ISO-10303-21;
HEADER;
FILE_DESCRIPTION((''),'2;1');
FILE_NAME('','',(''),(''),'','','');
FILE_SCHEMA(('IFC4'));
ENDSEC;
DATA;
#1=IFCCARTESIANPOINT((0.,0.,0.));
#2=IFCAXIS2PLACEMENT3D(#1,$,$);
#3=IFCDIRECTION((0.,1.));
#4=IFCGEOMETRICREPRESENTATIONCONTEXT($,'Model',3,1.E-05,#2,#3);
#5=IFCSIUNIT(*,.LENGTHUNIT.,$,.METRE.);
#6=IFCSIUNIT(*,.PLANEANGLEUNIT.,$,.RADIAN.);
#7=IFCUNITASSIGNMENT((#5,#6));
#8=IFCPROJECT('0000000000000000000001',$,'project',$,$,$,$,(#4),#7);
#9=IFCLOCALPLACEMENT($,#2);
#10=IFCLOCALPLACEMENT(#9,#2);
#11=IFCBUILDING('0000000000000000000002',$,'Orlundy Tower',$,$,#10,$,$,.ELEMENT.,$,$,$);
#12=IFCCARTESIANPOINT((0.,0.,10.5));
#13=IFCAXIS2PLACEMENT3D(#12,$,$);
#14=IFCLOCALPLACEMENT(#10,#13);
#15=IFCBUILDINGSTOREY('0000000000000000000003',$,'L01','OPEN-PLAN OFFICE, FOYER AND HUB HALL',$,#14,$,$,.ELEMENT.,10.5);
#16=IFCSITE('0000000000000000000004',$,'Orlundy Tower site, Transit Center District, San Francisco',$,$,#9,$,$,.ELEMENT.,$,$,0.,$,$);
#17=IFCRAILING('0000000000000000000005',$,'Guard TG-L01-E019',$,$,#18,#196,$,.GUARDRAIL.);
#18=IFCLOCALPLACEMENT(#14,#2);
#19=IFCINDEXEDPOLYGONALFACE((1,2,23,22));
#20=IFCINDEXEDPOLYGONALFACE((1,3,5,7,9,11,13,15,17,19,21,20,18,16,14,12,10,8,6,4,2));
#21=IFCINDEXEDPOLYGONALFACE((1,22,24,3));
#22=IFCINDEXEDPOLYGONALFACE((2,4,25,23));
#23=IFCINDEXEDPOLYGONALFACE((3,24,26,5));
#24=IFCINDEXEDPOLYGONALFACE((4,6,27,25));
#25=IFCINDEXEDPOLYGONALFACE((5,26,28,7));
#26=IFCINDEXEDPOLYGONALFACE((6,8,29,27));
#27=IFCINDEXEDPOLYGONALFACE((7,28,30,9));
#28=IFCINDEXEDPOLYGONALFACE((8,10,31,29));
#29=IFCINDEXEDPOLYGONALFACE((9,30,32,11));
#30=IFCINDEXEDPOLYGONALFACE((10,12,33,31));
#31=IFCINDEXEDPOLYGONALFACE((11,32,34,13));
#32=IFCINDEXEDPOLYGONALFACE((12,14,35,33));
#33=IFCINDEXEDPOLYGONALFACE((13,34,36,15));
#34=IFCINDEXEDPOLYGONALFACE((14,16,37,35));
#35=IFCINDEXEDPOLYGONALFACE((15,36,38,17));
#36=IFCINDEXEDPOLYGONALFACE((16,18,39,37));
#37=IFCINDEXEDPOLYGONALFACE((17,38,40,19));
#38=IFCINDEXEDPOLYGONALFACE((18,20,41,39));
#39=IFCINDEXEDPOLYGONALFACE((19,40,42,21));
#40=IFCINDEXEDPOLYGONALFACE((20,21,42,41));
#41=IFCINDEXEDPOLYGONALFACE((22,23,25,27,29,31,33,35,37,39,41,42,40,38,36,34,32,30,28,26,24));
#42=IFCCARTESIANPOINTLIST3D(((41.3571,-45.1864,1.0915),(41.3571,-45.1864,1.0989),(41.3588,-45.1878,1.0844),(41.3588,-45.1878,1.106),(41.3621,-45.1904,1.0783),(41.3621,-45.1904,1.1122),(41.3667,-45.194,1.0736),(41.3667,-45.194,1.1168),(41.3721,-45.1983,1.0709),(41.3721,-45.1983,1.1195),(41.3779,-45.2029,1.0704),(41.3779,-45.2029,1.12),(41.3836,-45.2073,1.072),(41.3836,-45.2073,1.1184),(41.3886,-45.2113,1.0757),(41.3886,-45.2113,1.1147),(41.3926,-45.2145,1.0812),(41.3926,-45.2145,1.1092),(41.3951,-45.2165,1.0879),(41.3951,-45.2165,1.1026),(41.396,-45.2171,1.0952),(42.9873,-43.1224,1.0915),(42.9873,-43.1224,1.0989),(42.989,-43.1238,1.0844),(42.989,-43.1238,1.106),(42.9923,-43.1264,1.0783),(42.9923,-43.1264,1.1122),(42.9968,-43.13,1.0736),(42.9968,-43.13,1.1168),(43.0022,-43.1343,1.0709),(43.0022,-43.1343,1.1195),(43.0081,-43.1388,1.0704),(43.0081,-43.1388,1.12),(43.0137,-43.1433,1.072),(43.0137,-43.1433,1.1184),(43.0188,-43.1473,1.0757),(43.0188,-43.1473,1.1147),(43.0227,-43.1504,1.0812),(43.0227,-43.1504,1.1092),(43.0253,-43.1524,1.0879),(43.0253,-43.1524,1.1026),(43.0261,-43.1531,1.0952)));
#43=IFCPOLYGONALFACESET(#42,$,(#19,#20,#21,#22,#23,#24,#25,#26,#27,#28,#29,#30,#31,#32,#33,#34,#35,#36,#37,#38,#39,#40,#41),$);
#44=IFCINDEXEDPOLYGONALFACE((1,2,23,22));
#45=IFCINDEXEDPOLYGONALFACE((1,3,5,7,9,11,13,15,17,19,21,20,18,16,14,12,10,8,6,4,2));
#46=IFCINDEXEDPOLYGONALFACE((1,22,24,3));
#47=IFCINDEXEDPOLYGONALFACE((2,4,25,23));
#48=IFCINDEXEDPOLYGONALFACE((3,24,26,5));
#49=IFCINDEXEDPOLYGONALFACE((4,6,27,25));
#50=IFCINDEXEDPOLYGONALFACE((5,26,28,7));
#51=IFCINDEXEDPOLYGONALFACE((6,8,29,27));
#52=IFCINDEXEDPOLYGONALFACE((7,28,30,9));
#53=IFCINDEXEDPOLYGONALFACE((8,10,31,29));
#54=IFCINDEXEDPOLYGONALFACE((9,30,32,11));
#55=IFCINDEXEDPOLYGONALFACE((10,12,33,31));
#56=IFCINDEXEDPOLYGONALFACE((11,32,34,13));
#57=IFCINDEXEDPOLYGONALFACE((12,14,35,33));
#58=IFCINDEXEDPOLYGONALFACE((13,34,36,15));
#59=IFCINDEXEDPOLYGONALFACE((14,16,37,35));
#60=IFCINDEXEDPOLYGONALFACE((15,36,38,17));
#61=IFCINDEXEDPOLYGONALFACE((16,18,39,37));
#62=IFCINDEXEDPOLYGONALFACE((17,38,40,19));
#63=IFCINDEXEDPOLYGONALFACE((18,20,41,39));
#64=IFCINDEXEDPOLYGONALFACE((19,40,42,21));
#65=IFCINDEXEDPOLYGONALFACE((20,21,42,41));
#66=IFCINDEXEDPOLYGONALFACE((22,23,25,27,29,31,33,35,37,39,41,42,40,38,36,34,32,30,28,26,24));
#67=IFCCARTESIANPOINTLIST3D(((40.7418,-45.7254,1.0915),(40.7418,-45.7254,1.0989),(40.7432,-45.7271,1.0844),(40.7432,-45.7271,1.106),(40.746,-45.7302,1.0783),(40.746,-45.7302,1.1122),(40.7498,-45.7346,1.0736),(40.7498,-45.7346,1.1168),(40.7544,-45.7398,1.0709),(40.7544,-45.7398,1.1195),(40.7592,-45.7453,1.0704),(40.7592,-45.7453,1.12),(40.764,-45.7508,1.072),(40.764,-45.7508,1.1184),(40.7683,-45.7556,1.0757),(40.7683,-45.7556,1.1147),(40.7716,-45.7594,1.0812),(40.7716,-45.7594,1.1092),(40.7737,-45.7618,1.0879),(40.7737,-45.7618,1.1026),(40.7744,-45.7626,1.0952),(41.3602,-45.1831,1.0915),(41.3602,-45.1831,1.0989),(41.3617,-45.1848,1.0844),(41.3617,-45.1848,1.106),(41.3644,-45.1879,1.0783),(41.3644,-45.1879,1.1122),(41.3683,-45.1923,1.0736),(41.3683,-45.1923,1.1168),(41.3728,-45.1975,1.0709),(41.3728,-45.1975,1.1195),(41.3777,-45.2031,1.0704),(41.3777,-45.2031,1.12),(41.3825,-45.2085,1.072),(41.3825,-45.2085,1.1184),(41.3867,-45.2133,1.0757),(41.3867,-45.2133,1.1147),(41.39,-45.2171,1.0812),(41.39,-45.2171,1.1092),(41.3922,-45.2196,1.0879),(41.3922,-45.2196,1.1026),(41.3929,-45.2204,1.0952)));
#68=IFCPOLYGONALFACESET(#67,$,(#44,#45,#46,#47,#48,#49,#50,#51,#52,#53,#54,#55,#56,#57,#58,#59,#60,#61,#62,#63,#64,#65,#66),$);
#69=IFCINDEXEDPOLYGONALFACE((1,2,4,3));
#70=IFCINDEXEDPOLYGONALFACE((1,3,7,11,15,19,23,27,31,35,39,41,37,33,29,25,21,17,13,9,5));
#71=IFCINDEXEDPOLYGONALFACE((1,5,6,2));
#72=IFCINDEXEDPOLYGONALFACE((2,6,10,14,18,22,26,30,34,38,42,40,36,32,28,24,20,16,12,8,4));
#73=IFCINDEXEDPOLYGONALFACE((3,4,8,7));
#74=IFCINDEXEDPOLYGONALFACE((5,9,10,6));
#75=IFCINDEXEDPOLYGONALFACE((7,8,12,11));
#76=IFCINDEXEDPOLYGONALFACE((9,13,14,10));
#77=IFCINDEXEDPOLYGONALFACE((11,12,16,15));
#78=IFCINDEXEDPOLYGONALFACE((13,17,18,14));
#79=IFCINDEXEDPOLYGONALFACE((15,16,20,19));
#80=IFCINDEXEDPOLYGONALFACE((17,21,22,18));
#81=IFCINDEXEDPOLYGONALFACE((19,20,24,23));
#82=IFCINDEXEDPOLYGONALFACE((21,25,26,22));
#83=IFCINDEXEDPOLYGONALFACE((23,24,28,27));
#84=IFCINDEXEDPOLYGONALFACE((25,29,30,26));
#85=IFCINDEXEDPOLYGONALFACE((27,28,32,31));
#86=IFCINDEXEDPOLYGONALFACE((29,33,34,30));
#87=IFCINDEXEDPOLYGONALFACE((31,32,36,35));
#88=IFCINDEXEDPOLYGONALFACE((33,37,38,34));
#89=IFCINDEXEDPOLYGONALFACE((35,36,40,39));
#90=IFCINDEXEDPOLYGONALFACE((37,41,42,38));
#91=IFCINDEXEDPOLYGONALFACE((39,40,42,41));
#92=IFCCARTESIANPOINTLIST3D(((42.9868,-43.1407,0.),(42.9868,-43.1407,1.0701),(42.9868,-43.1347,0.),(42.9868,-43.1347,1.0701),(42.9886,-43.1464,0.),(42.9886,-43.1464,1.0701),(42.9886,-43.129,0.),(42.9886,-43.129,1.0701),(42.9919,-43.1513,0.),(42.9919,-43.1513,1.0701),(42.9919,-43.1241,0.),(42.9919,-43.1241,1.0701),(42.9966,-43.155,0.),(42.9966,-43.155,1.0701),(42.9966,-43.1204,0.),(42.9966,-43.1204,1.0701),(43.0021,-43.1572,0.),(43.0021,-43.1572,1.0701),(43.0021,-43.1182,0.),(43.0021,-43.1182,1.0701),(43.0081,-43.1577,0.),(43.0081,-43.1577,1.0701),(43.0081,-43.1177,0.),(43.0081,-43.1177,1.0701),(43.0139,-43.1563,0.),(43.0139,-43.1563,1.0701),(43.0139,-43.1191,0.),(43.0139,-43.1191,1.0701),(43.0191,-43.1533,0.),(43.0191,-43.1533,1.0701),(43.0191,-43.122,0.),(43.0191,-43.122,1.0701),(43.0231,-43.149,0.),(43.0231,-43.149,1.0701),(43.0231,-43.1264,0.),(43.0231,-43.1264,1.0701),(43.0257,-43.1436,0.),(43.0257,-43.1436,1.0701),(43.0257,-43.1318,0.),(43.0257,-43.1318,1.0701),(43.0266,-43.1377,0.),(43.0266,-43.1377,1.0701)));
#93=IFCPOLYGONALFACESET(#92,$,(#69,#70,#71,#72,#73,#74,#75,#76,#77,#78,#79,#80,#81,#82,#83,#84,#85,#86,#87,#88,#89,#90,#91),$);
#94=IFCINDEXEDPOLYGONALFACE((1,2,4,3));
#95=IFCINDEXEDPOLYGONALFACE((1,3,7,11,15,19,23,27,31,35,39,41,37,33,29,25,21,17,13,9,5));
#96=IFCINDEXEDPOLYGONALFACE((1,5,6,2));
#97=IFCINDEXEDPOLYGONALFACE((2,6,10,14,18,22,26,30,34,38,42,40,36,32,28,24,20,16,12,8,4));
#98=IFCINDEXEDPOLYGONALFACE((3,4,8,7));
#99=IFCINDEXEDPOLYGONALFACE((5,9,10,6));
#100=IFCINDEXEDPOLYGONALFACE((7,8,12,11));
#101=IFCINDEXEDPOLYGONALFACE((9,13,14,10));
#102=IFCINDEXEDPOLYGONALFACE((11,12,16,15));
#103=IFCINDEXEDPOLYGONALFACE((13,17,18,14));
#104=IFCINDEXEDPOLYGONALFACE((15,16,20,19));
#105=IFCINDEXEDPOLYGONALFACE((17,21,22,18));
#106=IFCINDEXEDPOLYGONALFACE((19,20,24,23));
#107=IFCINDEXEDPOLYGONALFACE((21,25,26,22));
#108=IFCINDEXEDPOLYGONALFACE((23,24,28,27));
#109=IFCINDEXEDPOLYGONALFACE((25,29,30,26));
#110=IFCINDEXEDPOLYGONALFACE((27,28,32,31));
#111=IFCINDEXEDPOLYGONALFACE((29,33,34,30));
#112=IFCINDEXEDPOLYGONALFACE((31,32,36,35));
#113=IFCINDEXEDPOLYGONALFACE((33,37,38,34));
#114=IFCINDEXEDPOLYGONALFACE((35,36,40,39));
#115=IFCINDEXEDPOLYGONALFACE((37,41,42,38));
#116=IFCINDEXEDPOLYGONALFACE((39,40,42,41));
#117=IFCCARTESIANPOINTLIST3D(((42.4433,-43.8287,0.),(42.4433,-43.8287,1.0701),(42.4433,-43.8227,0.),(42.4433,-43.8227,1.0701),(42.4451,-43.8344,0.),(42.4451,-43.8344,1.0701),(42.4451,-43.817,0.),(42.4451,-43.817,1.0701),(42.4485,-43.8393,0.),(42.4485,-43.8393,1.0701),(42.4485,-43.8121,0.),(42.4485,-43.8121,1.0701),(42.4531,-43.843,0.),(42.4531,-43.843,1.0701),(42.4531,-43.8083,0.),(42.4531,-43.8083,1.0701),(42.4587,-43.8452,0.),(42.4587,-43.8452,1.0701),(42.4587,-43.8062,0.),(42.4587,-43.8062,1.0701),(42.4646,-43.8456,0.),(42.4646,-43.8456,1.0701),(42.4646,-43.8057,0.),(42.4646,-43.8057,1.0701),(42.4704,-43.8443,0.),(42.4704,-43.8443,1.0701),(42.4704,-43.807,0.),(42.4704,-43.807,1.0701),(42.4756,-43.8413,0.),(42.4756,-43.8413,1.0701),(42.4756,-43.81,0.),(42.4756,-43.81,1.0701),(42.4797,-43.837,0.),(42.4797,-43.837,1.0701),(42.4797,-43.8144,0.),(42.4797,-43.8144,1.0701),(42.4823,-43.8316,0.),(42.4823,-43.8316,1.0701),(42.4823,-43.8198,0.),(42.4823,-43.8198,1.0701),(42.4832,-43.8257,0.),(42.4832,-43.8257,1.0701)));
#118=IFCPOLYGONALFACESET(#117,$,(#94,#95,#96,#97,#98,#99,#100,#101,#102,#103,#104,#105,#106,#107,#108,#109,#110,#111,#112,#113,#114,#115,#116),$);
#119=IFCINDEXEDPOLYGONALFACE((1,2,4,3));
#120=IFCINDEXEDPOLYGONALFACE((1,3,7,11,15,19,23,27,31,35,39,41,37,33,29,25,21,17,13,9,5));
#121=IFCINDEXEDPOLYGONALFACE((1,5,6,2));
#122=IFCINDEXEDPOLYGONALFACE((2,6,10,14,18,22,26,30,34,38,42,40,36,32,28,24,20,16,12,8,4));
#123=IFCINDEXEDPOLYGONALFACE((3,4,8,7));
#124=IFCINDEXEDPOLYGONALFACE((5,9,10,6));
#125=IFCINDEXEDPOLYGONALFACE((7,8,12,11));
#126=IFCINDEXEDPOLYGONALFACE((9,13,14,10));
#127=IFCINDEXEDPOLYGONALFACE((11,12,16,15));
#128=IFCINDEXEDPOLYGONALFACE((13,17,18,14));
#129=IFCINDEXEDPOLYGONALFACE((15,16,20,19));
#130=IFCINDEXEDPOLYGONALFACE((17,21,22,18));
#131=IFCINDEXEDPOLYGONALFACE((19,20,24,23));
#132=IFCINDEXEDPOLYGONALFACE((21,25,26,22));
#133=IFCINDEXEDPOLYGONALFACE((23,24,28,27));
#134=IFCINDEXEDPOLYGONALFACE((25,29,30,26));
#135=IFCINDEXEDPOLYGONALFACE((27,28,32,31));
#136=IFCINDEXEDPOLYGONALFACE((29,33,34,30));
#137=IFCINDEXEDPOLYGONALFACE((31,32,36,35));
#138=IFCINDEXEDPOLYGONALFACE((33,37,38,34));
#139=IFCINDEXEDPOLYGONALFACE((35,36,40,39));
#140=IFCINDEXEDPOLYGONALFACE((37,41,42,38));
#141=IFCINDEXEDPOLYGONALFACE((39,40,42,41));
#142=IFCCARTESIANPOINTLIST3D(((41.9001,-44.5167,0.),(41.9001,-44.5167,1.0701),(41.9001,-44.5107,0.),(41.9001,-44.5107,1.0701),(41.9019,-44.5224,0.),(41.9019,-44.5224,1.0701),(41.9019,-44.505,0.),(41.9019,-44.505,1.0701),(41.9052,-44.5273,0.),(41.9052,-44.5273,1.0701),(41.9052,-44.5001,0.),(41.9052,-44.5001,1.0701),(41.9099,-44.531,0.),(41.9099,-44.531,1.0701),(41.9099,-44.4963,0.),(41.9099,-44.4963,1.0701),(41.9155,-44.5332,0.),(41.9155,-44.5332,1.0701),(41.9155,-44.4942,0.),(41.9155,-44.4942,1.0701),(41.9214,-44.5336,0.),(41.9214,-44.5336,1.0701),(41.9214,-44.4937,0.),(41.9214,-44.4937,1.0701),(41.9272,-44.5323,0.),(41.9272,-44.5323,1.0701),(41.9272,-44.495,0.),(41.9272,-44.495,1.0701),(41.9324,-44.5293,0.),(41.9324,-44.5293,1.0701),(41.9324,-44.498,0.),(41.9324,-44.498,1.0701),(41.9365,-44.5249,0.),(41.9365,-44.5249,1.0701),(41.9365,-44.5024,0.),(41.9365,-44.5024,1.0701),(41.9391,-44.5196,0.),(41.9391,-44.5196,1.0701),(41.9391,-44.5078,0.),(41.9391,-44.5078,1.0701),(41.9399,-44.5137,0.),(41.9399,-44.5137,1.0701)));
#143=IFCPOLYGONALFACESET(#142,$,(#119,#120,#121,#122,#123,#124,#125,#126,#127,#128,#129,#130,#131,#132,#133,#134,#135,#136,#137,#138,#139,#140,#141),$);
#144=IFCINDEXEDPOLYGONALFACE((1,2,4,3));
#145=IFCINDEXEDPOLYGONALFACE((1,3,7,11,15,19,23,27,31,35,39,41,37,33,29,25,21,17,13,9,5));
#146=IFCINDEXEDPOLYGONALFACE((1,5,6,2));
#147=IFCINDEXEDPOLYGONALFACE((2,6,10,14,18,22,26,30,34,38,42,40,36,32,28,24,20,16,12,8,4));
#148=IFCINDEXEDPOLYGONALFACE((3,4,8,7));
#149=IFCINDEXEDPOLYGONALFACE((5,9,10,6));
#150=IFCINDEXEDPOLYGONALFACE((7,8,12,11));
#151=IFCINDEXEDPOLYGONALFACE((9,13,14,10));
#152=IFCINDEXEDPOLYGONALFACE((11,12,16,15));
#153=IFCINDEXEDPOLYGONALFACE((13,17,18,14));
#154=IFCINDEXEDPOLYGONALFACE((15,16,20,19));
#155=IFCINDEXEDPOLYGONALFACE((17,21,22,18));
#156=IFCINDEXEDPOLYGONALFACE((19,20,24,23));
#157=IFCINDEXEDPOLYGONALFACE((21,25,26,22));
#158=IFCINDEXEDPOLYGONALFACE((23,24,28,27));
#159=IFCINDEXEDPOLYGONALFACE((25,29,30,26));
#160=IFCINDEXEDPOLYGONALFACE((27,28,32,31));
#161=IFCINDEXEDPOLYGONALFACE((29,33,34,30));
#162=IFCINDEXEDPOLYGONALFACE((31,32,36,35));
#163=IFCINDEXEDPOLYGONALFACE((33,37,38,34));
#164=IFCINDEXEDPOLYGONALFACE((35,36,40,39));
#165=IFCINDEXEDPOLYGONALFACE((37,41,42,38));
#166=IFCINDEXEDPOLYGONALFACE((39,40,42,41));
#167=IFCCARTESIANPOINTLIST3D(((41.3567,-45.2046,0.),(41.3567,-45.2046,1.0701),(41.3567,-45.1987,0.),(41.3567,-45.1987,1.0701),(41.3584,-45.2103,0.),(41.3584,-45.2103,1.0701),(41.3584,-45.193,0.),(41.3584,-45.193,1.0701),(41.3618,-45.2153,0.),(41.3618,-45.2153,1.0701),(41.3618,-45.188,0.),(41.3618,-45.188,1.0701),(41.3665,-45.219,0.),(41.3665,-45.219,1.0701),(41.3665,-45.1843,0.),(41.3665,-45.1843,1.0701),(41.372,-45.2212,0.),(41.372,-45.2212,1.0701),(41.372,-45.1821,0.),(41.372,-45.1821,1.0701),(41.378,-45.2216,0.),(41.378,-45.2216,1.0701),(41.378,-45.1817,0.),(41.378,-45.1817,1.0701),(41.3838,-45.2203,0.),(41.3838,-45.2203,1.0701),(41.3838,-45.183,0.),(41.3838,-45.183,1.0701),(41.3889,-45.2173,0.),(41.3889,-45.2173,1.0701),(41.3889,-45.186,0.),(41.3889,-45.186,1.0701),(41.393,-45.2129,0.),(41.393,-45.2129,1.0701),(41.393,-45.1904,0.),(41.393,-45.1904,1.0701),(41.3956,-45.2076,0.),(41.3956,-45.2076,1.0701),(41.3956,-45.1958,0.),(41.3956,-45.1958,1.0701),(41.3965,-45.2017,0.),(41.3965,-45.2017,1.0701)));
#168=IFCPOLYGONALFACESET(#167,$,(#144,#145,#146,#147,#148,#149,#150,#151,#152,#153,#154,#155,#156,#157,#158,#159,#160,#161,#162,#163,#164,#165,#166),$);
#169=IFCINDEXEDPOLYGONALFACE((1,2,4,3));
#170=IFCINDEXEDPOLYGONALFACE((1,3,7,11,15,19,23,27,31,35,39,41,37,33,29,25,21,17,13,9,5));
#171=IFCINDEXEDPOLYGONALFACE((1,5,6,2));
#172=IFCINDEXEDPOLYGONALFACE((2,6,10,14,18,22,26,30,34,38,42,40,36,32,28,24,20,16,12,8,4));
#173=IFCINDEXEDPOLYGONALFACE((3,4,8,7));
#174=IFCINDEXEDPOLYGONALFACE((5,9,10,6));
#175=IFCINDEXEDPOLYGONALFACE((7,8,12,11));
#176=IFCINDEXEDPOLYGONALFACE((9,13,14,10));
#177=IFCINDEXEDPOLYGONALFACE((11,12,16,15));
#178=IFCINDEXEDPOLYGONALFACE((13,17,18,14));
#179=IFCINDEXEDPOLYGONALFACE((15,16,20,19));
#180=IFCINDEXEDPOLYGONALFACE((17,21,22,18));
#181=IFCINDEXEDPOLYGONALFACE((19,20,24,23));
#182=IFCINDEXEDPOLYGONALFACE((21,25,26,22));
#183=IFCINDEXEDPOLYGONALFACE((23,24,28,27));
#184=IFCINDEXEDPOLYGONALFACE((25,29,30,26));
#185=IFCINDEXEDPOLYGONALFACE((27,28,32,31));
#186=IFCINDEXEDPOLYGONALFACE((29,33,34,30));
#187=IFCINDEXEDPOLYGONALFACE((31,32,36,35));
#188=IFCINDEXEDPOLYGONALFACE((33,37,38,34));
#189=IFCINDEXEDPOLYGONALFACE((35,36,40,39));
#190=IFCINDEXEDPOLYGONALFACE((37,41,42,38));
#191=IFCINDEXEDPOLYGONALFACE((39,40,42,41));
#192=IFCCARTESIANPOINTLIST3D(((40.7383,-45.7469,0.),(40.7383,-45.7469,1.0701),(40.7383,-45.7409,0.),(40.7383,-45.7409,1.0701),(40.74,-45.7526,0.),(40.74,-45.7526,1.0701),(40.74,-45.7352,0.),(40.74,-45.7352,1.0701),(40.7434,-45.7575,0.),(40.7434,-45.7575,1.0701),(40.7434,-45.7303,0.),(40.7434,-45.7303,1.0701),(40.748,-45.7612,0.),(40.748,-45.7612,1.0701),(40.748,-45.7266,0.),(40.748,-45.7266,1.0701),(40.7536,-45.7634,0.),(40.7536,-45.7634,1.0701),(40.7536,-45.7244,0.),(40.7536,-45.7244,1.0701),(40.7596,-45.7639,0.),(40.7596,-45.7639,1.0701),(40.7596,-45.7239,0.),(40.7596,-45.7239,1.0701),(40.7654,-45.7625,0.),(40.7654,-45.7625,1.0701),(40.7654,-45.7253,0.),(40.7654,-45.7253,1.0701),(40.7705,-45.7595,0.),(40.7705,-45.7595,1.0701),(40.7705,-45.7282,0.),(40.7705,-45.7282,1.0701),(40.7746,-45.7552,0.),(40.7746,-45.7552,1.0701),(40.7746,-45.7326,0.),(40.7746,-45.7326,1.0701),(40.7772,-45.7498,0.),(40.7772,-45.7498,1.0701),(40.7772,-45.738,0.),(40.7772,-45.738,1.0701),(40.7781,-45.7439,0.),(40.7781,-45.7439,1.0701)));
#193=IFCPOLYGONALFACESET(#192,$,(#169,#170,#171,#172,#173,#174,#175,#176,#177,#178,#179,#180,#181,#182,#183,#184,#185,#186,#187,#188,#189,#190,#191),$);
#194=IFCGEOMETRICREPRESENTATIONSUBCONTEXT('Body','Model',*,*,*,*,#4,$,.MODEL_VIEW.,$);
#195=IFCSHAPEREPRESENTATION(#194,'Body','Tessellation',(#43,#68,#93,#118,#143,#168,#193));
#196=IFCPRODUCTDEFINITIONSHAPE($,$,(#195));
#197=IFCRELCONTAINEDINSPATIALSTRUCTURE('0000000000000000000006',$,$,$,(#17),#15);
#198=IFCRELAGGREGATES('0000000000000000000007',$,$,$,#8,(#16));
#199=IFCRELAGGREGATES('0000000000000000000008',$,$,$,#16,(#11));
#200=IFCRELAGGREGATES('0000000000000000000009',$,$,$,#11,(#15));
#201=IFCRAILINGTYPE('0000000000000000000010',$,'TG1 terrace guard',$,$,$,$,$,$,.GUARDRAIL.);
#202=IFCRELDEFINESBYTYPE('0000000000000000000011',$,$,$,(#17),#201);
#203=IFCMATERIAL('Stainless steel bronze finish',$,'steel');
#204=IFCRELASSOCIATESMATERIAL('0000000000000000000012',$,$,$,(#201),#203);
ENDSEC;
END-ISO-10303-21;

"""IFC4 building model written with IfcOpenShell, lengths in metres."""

from ifc_helpers import new_model, si_unit, direction, frame, origin, origin_2d, place, context, subcontext, project, spatial, circle, extrude, material, type_object, element, save


model = new_model("IFC4")

# Units and contexts
model_context = context("Model", 3, precision=1e-05, world=origin(), true_north=direction((0.0, 1.0)))
body_context = subcontext(model_context, "Body", "Model", "MODEL_VIEW")
ifc_project = project(units=[si_unit("LENGTHUNIT", "METRE"), si_unit("PLANEANGLEUNIT", "RADIAN")], contexts=[model_context])

# Site, building, storey
site_placement = place(None, origin())
site = spatial("IfcSite", under=ifc_project, at=site_placement, Name="Orlundy Tower site, Transit Center District, San Francisco", CompositionType="ELEMENT", RefElevation=0.0)
building_placement = place(site_placement, origin())
building = spatial("IfcBuilding", under=site, at=building_placement, Name="Orlundy Tower", CompositionType="ELEMENT")
storey_placement = place(building_placement, frame((0.0, 0.0, 10.5)))
storey = spatial("IfcBuildingStorey", under=building, at=storey_placement, Name="L01", Description="OPEN-PLAN OFFICE, FOYER AND HUB HALL", CompositionType="ELEMENT", Elevation=10.5)

# Railing
ifc_material_1 = material(Name="Stainless steel bronze finish", Category="steel")
railing_type = type_object("IfcRailingType", Name="TG1 terrace guard", PredefinedType="GUARDRAIL", material=ifc_material_1)
railing_1_placement = place(storey_placement, frame((43.0066, -43.1377, 0.0)))
element("IfcRailing", 1, at=railing_1_placement, inside=storey, type_object=railing_type, Name="Guard TG-L01-E019", PredefinedType="GUARDRAIL", context=body_context, shape_type="SweptSolid", body=[
    extrude(circle(Radius=0.0249, at=origin_2d()), frame((0.0, 0.0, 1.0952), z_axis=(-0.619804, -0.784757, 0.0), x_axis=(0.784757, -0.619804, 0.0)), (0.0, 0.0, 1.0), 2.6301),
    extrude(circle(Radius=0.0249, at=origin_2d()), frame((-1.6301, -2.064, 1.0952), z_axis=(-0.751896, -0.659282, 0.0), x_axis=(0.659282, -0.751896, 0.0)), (0.0, 0.0, 1.0), 0.8225),
    extrude(circle(Radius=0.02, at=origin_2d()), origin(), (0.0, 0.0, 1.0), 1.0701),
    extrude(circle(Radius=0.02, at=origin_2d()), frame((-0.5435, -0.688, 0.0)), (0.0, 0.0, 1.0), 1.0701),
    extrude(circle(Radius=0.02, at=origin_2d()), frame((-1.0867, -1.376, 0.0)), (0.0, 0.0, 1.0), 1.0701),
    extrude(circle(Radius=0.02, at=origin_2d()), frame((-1.6301, -2.064, 0.0)), (0.0, 0.0, 1.0), 1.0701),
    extrude(circle(Radius=0.02, at=origin_2d()), frame((-2.2485, -2.6062, 0.0)), (0.0, 0.0, 1.0), 1.0701),
])

save(model, "model.ifc")
